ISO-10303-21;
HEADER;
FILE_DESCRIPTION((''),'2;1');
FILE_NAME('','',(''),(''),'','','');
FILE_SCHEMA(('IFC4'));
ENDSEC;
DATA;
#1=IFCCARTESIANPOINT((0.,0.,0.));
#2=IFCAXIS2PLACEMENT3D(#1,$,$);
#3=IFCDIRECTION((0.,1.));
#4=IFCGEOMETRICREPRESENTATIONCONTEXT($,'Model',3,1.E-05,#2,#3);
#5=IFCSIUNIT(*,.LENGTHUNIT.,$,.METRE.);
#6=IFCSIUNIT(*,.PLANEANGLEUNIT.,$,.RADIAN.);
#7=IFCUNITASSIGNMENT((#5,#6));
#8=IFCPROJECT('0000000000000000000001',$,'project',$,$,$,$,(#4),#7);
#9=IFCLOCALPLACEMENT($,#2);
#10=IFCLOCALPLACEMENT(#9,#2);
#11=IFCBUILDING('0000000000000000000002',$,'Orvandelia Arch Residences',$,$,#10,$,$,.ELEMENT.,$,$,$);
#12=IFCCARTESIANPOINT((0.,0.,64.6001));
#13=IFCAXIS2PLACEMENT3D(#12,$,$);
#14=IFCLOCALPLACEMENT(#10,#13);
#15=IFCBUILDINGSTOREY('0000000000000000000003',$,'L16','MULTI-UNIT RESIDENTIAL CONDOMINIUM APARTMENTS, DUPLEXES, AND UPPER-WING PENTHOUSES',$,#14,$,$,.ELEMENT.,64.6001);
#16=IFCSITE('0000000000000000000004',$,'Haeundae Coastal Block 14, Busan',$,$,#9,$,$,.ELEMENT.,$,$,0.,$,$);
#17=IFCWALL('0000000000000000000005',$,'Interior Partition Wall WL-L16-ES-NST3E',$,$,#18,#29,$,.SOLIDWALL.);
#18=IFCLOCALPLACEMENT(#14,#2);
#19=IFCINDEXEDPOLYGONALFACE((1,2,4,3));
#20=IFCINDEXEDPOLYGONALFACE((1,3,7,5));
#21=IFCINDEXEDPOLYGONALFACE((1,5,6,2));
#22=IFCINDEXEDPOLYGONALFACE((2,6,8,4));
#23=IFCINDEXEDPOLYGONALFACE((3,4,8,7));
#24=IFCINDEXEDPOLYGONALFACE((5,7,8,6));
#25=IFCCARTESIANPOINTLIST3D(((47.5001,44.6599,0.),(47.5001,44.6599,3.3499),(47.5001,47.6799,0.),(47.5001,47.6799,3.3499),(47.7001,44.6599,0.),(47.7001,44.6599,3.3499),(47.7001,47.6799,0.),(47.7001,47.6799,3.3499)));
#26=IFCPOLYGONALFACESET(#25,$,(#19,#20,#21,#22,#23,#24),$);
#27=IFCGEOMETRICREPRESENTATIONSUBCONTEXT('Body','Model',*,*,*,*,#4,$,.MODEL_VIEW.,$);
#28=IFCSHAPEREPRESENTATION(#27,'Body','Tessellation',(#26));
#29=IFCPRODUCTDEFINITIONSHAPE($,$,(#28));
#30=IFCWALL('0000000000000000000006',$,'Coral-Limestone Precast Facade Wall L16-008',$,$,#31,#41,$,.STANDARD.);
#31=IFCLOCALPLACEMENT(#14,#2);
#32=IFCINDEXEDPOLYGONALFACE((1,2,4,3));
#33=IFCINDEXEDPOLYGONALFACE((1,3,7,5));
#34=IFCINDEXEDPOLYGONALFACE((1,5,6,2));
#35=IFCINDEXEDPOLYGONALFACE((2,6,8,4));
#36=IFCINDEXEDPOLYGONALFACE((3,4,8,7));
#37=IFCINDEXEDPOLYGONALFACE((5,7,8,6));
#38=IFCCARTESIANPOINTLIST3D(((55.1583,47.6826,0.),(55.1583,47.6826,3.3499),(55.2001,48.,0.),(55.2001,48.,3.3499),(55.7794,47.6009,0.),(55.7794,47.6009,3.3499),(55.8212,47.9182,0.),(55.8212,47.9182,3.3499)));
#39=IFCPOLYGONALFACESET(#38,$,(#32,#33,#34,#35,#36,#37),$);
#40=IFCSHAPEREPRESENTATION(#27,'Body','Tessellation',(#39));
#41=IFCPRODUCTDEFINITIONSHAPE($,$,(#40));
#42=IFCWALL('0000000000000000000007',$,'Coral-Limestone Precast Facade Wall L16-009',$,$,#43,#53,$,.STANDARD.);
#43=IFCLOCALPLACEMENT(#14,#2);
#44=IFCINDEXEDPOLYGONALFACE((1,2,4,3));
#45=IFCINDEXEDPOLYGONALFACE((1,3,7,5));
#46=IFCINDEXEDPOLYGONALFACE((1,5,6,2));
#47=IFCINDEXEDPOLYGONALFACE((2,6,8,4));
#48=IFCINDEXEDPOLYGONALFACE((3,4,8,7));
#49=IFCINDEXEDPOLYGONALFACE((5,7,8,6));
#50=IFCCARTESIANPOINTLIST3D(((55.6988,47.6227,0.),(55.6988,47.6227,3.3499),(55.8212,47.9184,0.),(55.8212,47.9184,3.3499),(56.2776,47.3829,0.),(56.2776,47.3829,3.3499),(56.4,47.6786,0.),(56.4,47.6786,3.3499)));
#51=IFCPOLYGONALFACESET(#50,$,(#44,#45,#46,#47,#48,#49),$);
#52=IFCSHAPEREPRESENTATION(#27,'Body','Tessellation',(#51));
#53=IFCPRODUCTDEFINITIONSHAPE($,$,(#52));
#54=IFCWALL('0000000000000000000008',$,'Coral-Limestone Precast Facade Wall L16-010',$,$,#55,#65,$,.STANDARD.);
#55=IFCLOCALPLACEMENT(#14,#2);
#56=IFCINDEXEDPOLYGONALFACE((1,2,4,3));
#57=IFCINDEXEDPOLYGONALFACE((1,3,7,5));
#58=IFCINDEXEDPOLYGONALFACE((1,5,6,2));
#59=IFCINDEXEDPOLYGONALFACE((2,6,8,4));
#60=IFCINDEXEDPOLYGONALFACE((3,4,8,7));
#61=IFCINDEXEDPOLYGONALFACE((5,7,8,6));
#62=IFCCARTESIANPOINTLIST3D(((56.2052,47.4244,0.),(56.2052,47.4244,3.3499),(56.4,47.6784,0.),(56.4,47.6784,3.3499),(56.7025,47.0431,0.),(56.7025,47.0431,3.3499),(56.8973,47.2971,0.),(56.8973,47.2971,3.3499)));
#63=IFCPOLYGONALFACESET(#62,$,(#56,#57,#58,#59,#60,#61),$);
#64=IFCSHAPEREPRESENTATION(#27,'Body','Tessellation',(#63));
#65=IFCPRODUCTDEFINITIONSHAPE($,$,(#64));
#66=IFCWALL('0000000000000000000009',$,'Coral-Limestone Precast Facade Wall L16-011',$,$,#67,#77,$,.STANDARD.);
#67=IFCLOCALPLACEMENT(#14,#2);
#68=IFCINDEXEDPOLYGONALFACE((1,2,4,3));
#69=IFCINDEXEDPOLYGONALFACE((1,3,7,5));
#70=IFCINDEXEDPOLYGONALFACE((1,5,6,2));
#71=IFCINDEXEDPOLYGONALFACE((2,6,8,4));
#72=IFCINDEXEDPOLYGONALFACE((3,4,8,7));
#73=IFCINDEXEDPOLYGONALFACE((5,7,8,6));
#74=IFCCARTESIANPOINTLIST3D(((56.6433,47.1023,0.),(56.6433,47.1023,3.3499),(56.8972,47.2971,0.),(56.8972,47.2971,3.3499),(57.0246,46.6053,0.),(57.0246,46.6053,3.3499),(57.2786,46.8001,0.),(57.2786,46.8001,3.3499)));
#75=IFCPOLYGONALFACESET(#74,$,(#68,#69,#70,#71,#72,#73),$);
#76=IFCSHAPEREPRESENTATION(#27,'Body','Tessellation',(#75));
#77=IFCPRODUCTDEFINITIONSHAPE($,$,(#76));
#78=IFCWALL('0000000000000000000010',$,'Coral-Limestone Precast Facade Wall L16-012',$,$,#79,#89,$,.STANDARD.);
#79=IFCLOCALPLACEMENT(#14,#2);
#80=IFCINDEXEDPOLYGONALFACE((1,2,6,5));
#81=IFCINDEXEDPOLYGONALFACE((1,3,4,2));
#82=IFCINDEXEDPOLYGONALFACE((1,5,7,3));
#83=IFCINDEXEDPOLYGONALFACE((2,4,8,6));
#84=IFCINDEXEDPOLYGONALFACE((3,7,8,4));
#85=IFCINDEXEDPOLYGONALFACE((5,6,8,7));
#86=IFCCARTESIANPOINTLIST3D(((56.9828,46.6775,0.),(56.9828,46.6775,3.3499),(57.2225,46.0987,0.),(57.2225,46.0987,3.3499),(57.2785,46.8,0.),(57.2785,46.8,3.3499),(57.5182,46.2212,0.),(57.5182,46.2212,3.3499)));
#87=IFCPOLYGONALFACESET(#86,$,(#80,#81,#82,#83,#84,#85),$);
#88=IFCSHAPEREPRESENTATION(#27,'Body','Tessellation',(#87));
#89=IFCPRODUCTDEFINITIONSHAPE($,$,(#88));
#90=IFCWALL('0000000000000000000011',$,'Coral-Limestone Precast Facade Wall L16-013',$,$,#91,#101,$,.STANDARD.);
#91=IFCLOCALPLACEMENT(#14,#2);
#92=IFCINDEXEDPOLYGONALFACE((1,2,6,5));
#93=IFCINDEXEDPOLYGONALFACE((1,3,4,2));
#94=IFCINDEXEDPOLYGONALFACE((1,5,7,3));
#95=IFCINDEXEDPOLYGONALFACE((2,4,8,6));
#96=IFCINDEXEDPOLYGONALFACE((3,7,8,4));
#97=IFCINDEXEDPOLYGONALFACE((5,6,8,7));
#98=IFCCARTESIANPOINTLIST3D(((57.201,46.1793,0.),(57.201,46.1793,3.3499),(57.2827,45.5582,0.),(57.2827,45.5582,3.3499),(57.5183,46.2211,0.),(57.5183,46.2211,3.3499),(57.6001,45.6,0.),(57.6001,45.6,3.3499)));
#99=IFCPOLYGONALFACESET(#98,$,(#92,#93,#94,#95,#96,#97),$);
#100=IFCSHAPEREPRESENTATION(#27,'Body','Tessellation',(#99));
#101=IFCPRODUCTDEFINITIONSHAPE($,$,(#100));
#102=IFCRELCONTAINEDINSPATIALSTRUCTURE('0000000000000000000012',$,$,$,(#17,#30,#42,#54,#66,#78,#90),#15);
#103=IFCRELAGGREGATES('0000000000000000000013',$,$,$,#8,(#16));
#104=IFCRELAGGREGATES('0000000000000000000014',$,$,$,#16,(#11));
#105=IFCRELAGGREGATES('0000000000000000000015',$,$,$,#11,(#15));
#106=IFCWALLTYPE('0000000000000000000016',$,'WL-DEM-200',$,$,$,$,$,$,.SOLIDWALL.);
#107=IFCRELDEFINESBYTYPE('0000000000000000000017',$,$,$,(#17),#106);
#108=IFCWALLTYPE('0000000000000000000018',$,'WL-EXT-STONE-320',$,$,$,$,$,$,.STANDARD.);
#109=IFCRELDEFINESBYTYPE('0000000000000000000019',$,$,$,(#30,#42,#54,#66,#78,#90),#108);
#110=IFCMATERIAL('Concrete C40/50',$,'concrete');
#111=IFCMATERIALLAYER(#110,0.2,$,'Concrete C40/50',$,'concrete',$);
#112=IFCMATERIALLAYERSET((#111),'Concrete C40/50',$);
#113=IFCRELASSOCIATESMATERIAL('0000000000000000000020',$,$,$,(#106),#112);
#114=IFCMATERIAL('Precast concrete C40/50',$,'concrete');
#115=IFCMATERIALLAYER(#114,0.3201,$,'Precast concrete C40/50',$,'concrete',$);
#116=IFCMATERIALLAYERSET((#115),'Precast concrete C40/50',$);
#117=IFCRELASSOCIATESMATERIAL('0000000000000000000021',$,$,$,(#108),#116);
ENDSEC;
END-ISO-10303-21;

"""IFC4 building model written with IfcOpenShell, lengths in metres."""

from ifc_helpers import new_model, si_unit, direction, frame, frame_2d, origin, place, context, subcontext, project, spatial, rectangle, extrude, material, layer, layer_set, type_object, element, save


model = new_model("IFC4")

# Units and contexts
model_context = context("Model", 3, precision=1e-05, world=origin(), true_north=direction((0.0, 1.0)))
body_context = subcontext(model_context, "Body", "Model", "MODEL_VIEW")
ifc_project = project(units=[si_unit("LENGTHUNIT", "METRE"), si_unit("PLANEANGLEUNIT", "RADIAN")], contexts=[model_context])

# Site, building, storey
site_placement = place(None, origin())
site = spatial("IfcSite", under=ifc_project, at=site_placement, Name="Haeundae Coastal Block 14, Busan", CompositionType="ELEMENT", RefElevation=0.0)
building_placement = place(site_placement, origin())
building = spatial("IfcBuilding", under=site, at=building_placement, Name="Orvandelia Arch Residences", CompositionType="ELEMENT")
storey_placement = place(building_placement, frame((0.0, 0.0, 64.6001)))
storey = spatial("IfcBuildingStorey", under=building, at=storey_placement, Name="L16", Description="MULTI-UNIT RESIDENTIAL CONDOMINIUM APARTMENTS, DUPLEXES, AND UPPER-WING PENTHOUSES", CompositionType="ELEMENT", Elevation=64.6001)

# Walls
ifc_material_1 = material(Name="Concrete C40/50", Category="concrete")
ifc_layer_1 = layer(ifc_material_1, 0.2, Name="Concrete C40/50", Category="concrete")
ifc_layer_set_1 = layer_set([ifc_layer_1], Name="Concrete C40/50")
wall_type_1 = type_object("IfcWallType", Name="WL-DEM-200", PredefinedType="SOLIDWALL", material=ifc_layer_set_1)
wall_1_placement = place(storey_placement, frame((47.6001, 44.6599, 0.0), z_axis=(0.0, 0.0, 1.0), x_axis=(0.0, 1.0, 0.0)))
element("IfcWall", 1, at=wall_1_placement, inside=storey, type_object=wall_type_1, Name="Interior Partition Wall WL-L16-ES-NST3E", PredefinedType="SOLIDWALL", context=body_context, shape_type="SweptSolid", body=[
    extrude(rectangle(XDim=3.02, YDim=0.2, at=frame_2d((1.51, 0.0))), origin(), (0.0, 0.0, 1.0), 3.3499),
])
ifc_material_2 = material(Name="Precast concrete C40/50", Category="concrete")
ifc_layer_2 = layer(ifc_material_2, 0.3201, Name="Precast concrete C40/50", Category="concrete")
ifc_layer_set_2 = layer_set([ifc_layer_2], Name="Precast concrete C40/50")
wall_type_2 = type_object("IfcWallType", Name="WL-EXT-STONE-320", PredefinedType="STANDARD", material=ifc_layer_set_2)
for number, where, z_axis, x_axis, name in (
    (2, (55.1792, 47.8413, 0.0), (0.0, 0.0, 1.0), (0.991441, -0.130555, 0.0), "Coral-Limestone Precast Facade Wall L16-008"),
    (3, (55.76, 47.7705, 0.0), (0.0, 0.0, 1.0), (0.923893, -0.38265, 0.0), "Coral-Limestone Precast Facade Wall L16-009"),
):
    element("IfcWall", number, at=place(storey_placement, frame(where, z_axis=z_axis, x_axis=x_axis)), inside=storey, type_object=wall_type_2, Name=name, PredefinedType="STANDARD", context=body_context, shape_type="SweptSolid", body=[
        extrude(rectangle(XDim=0.6265, YDim=0.3201, at=frame_2d((0.3132, 0.0))), origin(), (0.0, 0.0, 1.0), 3.3499),
    ])
wall_2_placement = place(storey_placement, frame((56.3025, 47.5515, 0.0), z_axis=(0.0, 0.0, 1.0), x_axis=(0.79355, -0.608505, 0.0)))
element("IfcWall", 4, at=wall_2_placement, inside=storey, type_object=wall_type_2, Name="Coral-Limestone Precast Facade Wall L16-010", PredefinedType="STANDARD", context=body_context, shape_type="SweptSolid", body=[
    extrude(rectangle(XDim=0.6267, YDim=0.3201, at=frame_2d((0.3135, 0.0))), origin(), (0.0, 0.0, 1.0), 3.3499),
])
for number, where, z_axis, x_axis, name in (
    (5, (56.7703, 47.1997, 0.0), (0.0, 0.0, 1.0), (0.608693, -0.793406, 0.0), "Coral-Limestone Precast Facade Wall L16-011"),
    (6, (57.1306, 46.7388, 0.0), (0.0, 0.0, 1.0), (0.38265, -0.923893, 0.0), "Coral-Limestone Precast Facade Wall L16-012"),
    (7, (57.3596, 46.2002, 0.0), (0.0, 0.0, 1.0), (0.130555, -0.991441, 0.0), "Coral-Limestone Precast Facade Wall L16-013"),
):
    element("IfcWall", number, at=place(storey_placement, frame(where, z_axis=z_axis, x_axis=x_axis)), inside=storey, type_object=wall_type_2, Name=name, PredefinedType="STANDARD", context=body_context, shape_type="SweptSolid", body=[
        extrude(rectangle(XDim=0.6265, YDim=0.3201, at=frame_2d((0.3132, 0.0))), origin(), (0.0, 0.0, 1.0), 3.3499),
    ])

save(model, "model.ifc")
